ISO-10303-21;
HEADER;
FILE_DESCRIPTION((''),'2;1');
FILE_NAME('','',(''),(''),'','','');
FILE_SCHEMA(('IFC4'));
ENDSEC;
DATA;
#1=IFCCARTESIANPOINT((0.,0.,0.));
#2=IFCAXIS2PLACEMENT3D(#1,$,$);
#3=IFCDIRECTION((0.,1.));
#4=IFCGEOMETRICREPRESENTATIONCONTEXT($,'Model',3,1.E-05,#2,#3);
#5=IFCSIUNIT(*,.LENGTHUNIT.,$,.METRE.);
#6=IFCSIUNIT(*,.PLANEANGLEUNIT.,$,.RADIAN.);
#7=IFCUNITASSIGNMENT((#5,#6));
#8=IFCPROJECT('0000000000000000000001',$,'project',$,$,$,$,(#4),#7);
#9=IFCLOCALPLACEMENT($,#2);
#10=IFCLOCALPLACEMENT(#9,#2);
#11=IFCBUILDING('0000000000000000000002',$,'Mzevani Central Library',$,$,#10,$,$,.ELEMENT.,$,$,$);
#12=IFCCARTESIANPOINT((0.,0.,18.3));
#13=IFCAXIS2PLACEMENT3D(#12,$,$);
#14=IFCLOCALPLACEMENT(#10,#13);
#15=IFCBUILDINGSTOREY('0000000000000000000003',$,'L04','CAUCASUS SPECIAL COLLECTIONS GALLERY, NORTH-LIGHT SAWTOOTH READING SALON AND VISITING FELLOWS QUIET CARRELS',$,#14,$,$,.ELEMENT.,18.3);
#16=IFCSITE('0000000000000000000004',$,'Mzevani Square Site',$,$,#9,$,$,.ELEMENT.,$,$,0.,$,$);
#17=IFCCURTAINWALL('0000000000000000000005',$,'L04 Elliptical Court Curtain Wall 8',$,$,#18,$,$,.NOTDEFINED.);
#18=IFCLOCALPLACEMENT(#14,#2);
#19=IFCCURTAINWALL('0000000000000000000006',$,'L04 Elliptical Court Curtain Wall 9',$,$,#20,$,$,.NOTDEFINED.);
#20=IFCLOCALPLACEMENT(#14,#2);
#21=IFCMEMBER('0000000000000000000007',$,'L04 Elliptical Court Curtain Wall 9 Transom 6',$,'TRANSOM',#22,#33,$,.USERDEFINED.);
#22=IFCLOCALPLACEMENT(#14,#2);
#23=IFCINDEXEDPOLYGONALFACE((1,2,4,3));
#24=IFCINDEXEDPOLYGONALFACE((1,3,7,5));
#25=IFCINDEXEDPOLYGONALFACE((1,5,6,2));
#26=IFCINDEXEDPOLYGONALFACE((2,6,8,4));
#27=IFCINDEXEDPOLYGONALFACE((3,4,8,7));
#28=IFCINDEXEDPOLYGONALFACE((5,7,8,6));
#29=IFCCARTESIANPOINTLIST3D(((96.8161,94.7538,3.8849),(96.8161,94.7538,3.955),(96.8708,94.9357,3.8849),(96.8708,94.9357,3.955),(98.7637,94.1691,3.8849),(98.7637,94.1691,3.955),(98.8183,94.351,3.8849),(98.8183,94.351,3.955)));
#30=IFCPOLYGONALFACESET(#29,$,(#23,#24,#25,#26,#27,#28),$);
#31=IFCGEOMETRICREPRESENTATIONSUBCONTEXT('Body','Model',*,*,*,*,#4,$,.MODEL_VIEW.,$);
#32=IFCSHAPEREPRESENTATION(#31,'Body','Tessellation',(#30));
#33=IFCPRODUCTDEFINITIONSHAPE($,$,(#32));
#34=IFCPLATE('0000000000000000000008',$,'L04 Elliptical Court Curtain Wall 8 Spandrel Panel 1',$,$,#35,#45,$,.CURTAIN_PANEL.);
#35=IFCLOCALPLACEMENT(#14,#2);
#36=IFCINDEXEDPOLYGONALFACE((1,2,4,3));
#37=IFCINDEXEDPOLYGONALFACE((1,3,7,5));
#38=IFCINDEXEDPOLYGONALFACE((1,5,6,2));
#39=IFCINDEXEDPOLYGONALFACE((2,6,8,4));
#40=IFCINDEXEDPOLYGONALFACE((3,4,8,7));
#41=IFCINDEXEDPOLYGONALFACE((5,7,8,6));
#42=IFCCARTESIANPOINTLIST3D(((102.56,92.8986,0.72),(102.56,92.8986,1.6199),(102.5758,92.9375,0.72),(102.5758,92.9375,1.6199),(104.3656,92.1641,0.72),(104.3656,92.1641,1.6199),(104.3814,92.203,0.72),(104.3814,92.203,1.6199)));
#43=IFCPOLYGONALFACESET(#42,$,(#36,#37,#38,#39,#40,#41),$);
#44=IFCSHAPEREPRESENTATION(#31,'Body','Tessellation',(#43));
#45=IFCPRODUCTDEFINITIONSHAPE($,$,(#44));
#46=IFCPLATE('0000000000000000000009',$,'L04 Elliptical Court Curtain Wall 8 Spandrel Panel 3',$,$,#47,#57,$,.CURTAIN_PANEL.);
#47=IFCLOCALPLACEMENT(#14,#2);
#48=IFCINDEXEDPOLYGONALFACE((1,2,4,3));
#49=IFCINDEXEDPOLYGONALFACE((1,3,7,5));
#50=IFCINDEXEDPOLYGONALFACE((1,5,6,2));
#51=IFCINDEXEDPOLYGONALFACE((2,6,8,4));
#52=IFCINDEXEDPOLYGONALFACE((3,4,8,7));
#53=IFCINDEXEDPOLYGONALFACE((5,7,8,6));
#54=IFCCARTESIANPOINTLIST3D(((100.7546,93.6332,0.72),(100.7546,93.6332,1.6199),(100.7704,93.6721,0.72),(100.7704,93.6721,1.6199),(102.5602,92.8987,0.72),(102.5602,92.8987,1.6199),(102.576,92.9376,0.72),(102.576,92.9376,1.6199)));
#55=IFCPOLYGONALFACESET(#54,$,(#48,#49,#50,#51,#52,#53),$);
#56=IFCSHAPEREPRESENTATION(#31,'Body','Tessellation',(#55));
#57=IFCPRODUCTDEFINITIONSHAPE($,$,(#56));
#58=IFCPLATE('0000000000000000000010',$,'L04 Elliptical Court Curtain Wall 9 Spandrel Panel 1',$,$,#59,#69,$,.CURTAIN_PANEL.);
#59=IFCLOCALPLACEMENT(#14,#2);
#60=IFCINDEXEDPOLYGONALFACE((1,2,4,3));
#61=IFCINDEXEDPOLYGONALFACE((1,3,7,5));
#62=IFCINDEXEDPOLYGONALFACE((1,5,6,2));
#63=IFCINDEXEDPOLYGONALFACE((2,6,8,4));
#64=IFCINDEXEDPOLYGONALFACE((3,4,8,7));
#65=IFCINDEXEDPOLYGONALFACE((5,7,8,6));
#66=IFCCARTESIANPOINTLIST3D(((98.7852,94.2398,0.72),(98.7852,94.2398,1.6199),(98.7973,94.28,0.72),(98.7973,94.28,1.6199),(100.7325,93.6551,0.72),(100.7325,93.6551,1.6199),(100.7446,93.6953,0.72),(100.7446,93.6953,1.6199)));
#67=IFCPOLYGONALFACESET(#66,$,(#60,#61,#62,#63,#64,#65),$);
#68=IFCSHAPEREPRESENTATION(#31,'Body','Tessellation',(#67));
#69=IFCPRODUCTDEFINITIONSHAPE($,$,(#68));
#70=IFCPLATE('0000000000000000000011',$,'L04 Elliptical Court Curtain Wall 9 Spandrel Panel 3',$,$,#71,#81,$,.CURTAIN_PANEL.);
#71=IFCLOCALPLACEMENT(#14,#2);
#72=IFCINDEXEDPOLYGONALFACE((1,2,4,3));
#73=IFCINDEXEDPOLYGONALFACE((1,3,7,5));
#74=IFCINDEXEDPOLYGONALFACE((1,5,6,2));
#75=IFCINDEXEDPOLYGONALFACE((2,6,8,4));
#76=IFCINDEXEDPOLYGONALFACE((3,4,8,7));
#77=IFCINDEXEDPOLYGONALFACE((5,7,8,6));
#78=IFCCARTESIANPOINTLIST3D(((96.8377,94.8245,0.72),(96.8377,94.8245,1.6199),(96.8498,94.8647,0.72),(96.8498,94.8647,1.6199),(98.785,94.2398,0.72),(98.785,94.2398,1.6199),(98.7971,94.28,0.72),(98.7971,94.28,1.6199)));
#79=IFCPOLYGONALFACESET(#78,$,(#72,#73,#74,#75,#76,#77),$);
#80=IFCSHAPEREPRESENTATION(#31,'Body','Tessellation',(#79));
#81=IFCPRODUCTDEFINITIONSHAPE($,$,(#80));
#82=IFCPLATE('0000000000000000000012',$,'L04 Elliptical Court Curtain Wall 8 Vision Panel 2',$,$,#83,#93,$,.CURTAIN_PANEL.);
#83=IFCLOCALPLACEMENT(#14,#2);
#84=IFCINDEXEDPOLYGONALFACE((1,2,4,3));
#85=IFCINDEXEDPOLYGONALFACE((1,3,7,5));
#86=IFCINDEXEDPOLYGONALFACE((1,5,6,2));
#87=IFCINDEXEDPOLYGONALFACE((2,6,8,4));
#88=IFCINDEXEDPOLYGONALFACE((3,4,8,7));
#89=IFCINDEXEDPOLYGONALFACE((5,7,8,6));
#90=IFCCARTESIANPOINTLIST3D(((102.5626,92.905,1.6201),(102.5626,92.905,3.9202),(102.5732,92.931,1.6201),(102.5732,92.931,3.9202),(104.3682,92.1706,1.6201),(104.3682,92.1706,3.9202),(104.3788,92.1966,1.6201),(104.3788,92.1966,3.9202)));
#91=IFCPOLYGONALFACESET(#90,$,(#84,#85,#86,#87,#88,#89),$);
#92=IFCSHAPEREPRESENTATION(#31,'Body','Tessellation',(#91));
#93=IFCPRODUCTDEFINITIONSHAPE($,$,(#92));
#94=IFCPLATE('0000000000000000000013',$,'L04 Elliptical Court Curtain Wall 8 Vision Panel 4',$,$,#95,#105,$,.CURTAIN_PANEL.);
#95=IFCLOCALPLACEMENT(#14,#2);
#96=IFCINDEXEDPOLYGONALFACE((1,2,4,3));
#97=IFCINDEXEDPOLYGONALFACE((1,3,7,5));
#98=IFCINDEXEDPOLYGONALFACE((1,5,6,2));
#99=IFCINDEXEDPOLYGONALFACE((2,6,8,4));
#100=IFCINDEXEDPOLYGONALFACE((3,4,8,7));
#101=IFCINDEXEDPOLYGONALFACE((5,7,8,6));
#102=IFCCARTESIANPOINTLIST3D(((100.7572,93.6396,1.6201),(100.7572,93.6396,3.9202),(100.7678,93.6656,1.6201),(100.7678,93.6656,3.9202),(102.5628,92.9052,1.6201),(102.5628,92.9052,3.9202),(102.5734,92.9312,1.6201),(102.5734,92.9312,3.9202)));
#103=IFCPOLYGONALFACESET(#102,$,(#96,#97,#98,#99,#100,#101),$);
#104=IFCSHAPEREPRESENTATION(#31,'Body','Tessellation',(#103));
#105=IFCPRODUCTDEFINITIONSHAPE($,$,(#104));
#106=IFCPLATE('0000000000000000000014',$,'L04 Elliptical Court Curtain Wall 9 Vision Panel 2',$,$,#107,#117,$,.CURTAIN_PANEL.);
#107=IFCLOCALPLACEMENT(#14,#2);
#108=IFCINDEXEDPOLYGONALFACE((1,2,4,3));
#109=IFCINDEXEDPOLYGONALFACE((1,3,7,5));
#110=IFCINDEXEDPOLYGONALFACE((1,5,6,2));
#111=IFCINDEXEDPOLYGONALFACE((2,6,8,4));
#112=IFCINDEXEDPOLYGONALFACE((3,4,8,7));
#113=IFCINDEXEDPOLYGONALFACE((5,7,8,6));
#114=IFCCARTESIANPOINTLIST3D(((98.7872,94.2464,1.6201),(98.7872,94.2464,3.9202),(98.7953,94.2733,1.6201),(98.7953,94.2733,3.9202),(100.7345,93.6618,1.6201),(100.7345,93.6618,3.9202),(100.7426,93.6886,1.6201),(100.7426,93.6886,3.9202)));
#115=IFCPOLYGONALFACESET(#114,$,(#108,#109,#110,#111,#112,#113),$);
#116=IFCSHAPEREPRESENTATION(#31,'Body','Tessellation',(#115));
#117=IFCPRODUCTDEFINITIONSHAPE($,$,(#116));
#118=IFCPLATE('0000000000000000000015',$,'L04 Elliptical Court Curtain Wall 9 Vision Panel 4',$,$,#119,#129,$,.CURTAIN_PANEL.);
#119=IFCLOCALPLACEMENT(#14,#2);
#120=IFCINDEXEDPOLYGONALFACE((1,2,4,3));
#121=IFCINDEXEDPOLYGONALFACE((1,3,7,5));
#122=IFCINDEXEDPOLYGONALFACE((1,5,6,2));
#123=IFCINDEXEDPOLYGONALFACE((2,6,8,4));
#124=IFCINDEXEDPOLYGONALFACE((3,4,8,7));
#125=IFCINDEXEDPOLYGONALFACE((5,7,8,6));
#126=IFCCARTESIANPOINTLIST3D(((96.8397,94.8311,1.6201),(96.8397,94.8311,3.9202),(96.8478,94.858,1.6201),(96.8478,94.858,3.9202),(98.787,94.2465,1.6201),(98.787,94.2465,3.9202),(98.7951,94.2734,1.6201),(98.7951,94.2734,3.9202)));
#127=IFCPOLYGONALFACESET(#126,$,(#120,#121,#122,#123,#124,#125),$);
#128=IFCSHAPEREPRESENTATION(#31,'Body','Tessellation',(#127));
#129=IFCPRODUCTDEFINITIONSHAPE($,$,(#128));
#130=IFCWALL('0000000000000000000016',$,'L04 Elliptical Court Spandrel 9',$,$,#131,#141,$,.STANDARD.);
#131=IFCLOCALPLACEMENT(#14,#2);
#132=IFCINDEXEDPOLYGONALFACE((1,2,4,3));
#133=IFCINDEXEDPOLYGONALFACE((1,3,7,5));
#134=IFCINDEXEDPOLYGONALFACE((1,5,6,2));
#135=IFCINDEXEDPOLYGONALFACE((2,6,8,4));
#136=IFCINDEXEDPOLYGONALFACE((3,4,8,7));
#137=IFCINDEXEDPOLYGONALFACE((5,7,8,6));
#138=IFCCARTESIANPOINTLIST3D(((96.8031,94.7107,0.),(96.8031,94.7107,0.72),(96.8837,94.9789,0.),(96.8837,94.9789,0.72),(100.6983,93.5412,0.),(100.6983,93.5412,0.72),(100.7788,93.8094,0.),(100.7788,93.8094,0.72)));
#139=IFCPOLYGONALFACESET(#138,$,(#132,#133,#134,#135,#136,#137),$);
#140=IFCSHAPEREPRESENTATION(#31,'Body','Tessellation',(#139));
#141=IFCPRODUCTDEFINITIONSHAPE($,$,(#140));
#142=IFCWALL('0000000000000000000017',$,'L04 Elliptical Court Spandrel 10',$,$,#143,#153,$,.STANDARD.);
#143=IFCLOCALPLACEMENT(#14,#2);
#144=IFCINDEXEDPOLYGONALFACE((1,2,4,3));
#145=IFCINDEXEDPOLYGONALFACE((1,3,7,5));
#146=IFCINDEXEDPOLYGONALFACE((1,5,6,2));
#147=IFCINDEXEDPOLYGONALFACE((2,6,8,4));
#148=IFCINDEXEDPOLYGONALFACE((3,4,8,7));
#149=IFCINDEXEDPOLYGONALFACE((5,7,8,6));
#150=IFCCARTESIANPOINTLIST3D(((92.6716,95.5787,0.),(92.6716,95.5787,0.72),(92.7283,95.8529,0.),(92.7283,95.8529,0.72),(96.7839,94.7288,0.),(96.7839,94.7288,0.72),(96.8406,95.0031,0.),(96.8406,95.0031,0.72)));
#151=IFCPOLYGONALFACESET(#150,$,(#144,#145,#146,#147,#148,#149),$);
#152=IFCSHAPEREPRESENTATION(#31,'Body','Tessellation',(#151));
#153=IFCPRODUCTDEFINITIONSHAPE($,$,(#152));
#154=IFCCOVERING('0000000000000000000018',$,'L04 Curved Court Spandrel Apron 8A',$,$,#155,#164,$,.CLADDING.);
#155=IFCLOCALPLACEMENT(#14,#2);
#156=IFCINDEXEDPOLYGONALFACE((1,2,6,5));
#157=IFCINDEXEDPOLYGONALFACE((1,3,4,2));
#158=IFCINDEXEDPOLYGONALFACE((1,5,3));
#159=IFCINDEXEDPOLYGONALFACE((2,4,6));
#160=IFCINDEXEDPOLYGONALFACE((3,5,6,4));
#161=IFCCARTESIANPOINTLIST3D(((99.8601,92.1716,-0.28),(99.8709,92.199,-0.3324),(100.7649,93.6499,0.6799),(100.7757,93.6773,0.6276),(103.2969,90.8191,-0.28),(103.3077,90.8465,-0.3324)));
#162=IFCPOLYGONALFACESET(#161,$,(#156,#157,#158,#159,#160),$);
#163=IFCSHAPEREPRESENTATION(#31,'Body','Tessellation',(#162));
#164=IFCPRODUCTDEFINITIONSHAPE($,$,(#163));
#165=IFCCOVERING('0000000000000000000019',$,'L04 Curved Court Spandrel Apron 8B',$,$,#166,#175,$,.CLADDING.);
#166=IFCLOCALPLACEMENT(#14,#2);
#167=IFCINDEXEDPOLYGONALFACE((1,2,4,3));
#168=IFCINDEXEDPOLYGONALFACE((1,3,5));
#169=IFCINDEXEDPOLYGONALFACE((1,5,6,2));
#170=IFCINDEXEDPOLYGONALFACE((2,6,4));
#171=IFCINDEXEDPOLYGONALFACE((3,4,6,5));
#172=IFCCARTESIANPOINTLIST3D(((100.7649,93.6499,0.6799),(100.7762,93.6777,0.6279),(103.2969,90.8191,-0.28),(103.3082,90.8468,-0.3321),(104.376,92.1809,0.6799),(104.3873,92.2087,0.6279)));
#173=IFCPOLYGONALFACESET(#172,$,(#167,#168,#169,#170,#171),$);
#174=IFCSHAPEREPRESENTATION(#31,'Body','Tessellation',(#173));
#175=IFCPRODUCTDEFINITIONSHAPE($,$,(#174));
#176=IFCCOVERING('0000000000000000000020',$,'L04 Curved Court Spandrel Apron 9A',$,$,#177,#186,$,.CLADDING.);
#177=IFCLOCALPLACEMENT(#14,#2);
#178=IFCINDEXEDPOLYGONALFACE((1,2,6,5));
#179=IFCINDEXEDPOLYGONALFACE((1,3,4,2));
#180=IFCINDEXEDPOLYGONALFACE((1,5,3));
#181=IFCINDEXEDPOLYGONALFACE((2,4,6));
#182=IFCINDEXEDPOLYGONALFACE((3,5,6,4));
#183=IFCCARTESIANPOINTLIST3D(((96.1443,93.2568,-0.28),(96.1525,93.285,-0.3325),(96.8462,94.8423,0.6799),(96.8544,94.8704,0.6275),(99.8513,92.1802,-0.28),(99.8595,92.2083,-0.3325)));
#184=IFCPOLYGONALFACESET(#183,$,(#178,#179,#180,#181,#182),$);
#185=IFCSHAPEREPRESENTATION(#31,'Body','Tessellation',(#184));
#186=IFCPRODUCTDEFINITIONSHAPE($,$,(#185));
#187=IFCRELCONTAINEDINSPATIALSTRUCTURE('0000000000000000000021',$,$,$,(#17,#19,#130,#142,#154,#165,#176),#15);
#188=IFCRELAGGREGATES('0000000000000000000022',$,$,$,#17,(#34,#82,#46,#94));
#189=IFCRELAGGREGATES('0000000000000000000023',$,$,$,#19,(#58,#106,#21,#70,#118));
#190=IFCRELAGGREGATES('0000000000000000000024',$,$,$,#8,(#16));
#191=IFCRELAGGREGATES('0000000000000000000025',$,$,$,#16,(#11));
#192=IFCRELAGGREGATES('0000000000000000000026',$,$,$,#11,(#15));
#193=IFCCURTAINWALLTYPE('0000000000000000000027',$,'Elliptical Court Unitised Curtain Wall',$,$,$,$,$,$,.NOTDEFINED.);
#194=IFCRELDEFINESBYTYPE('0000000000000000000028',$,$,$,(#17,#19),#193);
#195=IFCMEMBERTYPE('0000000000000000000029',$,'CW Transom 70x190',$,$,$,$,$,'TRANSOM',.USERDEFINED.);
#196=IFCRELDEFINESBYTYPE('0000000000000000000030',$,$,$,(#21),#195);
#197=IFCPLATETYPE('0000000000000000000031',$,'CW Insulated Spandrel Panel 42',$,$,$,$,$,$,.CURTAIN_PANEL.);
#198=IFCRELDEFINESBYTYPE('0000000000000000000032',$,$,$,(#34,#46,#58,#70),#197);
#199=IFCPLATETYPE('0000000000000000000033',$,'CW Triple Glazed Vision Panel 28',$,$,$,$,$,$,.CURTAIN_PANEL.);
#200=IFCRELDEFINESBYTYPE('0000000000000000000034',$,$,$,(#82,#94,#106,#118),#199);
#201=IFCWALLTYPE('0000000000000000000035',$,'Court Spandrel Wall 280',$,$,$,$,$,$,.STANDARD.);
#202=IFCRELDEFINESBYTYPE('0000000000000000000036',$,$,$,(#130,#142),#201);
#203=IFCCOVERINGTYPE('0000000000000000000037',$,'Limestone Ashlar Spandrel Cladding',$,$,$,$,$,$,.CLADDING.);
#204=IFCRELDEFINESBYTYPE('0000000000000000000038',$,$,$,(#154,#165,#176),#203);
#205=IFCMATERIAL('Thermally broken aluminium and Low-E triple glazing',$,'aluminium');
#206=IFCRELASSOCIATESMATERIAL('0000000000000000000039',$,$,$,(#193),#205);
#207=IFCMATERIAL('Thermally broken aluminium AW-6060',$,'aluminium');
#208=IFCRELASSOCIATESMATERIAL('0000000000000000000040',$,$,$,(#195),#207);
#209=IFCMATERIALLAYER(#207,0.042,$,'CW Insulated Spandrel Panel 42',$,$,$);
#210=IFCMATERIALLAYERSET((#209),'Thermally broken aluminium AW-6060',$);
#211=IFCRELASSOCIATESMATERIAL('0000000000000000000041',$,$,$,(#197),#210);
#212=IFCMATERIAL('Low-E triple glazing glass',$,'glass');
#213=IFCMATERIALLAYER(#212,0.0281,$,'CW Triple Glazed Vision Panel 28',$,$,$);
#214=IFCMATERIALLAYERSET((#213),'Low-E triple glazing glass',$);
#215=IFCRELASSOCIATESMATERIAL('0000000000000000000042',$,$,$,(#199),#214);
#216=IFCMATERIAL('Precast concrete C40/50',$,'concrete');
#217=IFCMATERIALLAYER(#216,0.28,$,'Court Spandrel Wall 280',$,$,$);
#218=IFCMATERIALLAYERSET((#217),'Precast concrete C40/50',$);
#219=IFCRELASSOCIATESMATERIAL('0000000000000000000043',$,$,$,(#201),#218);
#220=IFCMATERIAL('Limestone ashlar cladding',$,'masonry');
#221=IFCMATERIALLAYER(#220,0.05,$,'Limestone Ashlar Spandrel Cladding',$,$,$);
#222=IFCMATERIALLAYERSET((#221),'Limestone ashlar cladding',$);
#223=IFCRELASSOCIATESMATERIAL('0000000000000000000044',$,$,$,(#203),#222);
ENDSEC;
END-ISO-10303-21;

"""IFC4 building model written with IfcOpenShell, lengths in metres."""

from ifc_helpers import new_model, si_unit, direction, frame, frame_2d, origin, origin_2d, place, context, subcontext, project, spatial, polyline, rectangle, outline, extrude, material, layer, layer_set, material_profile, profile_set, type_object, element, aggregate, save


model = new_model("IFC4")

# Units and contexts
model_context = context("Model", 3, precision=1e-05, world=origin(), true_north=direction((0.0, 1.0)))
body_context = subcontext(model_context, "Body", "Model", "MODEL_VIEW")
ifc_project = project(units=[si_unit("LENGTHUNIT", "METRE"), si_unit("PLANEANGLEUNIT", "RADIAN")], contexts=[model_context])

# Site, building, storey
site_placement = place(None, origin())
site = spatial("IfcSite", under=ifc_project, at=site_placement, Name="Mzevani Square Site", CompositionType="ELEMENT", RefElevation=0.0)
building_placement = place(site_placement, origin())
building = spatial("IfcBuilding", under=site, at=building_placement, Name="Mzevani Central Library", CompositionType="ELEMENT")
storey_placement = place(building_placement, frame((0.0, 0.0, 18.3)))
storey = spatial("IfcBuildingStorey", under=building, at=storey_placement, Name="L04", Description="CAUCASUS SPECIAL COLLECTIONS GALLERY, NORTH-LIGHT SAWTOOTH READING SALON AND VISITING FELLOWS QUIET CARRELS", CompositionType="ELEMENT", Elevation=18.3)

# Curtain walls
ifc_material_1 = material(Name="Thermally broken aluminium and Low-E triple glazing", Category="aluminium")
curtain_wall_type_1 = type_object("IfcCurtainWallType", Name="Elliptical Court Unitised Curtain Wall", PredefinedType="NOTDEFINED", material=ifc_material_1)
curtain_wall_1_placement = place(storey_placement, origin())
curtain_wall_1 = element("IfcCurtainWall", 1, at=curtain_wall_1_placement, inside=storey, type_object=curtain_wall_type_1, Name="L04 Elliptical Court Curtain Wall 8", PredefinedType="NOTDEFINED")
ifc_material_2 = material(Name="Thermally broken aluminium AW-6060", Category="aluminium")
curtain_wall_2_placement = place(storey_placement, origin())
curtain_wall_2 = element("IfcCurtainWall", 2, at=curtain_wall_2_placement, inside=storey, type_object=curtain_wall_type_1, Name="L04 Elliptical Court Curtain Wall 9", PredefinedType="NOTDEFINED")

# Member
ifc_material_profile_1 = material_profile(ifc_material_2, rectangle(XDim=0.1899, YDim=0.0701, at=origin_2d()), Name="ALU T70x190")
ifc_profile_set_1 = profile_set([ifc_material_profile_1], Name="Thermally broken aluminium AW-6060")
member_type_1 = type_object("IfcMemberType", Name="CW Transom 70x190", ElementType="TRANSOM", PredefinedType="USERDEFINED", material=ifc_profile_set_1)
member_1_placement = place(storey_placement, frame((98.791, 94.26, 3.9199), z_axis=(-0.957763, 0.287557, 0.0), x_axis=(-0.287557, -0.957763, 0.0)))
member_1 = element("IfcMember", 3, at=member_1_placement, type_object=member_type_1, Name="L04 Elliptical Court Curtain Wall 9 Transom 6", ObjectType="TRANSOM", PredefinedType="USERDEFINED", context=body_context, shape_type="SweptSolid", body=[
    extrude(rectangle(XDim=0.1899, YDim=0.0701, at=origin_2d()), origin(), (0.0, 0.0, 1.0), 2.0334),
])

# Plates
ifc_layer_1 = layer(ifc_material_2, 0.042, Name="CW Insulated Spandrel Panel 42")
ifc_layer_set_1 = layer_set([ifc_layer_1], Name="Thermally broken aluminium AW-6060")
plate_type_1 = type_object("IfcPlateType", Name="CW Insulated Spandrel Panel 42", PredefinedType="CURTAIN_PANEL", material=ifc_layer_set_1)
plate_1_placement = place(storey_placement, frame((103.4707, 92.5508, 0.72), z_axis=(0.0, 0.0, 1.0), x_axis=(-0.926299, 0.376789, 0.0)))
plate_1 = element("IfcPlate", 4, at=plate_1_placement, type_object=plate_type_1, Name="L04 Elliptical Court Curtain Wall 8 Spandrel Panel 1", PredefinedType="CURTAIN_PANEL", context=body_context, shape_type="SweptSolid", body=[
    extrude(rectangle(XDim=1.9492, YDim=0.042, at=origin_2d()), origin(), (0.0, 0.0, 1.0), 0.8999),
])
plate_2_placement = place(storey_placement, frame((101.6653, 93.2854, 0.72), z_axis=(0.0, 0.0, 1.0), x_axis=(-0.926299, 0.376789, 0.0)))
plate_2 = element("IfcPlate", 5, at=plate_2_placement, type_object=plate_type_1, Name="L04 Elliptical Court Curtain Wall 8 Spandrel Panel 3", PredefinedType="CURTAIN_PANEL", context=body_context, shape_type="SweptSolid", body=[
    extrude(rectangle(XDim=1.9492, YDim=0.042, at=origin_2d()), origin(), (0.0, 0.0, 1.0), 0.8999),
])
plate_3_placement = place(storey_placement, frame((99.7649, 93.9675, 0.72), z_axis=(0.0, 0.0, 1.0), x_axis=(-0.957763, 0.287558, 0.0)))
plate_3 = element("IfcPlate", 6, at=plate_3_placement, type_object=plate_type_1, Name="L04 Elliptical Court Curtain Wall 9 Spandrel Panel 1", PredefinedType="CURTAIN_PANEL", context=body_context, shape_type="SweptSolid", body=[
    extrude(rectangle(XDim=2.0332, YDim=0.042, at=origin_2d()), origin(), (0.0, 0.0, 1.0), 0.8999),
])
plate_4_placement = place(storey_placement, frame((97.8174, 94.5522, 0.72), z_axis=(0.0, 0.0, 1.0), x_axis=(-0.957763, 0.287558, 0.0)))
plate_4 = element("IfcPlate", 7, at=plate_4_placement, type_object=plate_type_1, Name="L04 Elliptical Court Curtain Wall 9 Spandrel Panel 3", PredefinedType="CURTAIN_PANEL", context=body_context, shape_type="SweptSolid", body=[
    extrude(rectangle(XDim=2.0332, YDim=0.042, at=origin_2d()), origin(), (0.0, 0.0, 1.0), 0.8999),
])
ifc_material_3 = material(Name="Low-E triple glazing glass", Category="glass")
ifc_layer_2 = layer(ifc_material_3, 0.0281, Name="CW Triple Glazed Vision Panel 28")
ifc_layer_set_2 = layer_set([ifc_layer_2], Name="Low-E triple glazing glass")
plate_type_2 = type_object("IfcPlateType", Name="CW Triple Glazed Vision Panel 28", PredefinedType="CURTAIN_PANEL", material=ifc_layer_set_2)
plate_5_placement = place(storey_placement, frame((103.4707, 92.5508, 1.6201), z_axis=(0.0, 0.0, 1.0), x_axis=(-0.926299, 0.376789, 0.0)))
plate_5 = element("IfcPlate", 8, at=plate_5_placement, type_object=plate_type_2, Name="L04 Elliptical Court Curtain Wall 8 Vision Panel 2", PredefinedType="CURTAIN_PANEL", context=body_context, shape_type="SweptSolid", body=[
    extrude(rectangle(XDim=1.9492, YDim=0.0281, at=origin_2d()), origin(), (0.0, 0.0, 1.0), 2.3),
])
plate_6_placement = place(storey_placement, frame((101.6653, 93.2854, 1.6201), z_axis=(0.0, 0.0, 1.0), x_axis=(-0.926299, 0.376789, 0.0)))
plate_6 = element("IfcPlate", 9, at=plate_6_placement, type_object=plate_type_2, Name="L04 Elliptical Court Curtain Wall 8 Vision Panel 4", PredefinedType="CURTAIN_PANEL", context=body_context, shape_type="SweptSolid", body=[
    extrude(rectangle(XDim=1.9492, YDim=0.0281, at=origin_2d()), origin(), (0.0, 0.0, 1.0), 2.3),
])
aggregate(curtain_wall_1, [plate_1, plate_5, plate_2, plate_6])
plate_7_placement = place(storey_placement, frame((99.7649, 93.9675, 1.6201), z_axis=(0.0, 0.0, 1.0), x_axis=(-0.957763, 0.287558, 0.0)))
plate_7 = element("IfcPlate", 10, at=plate_7_placement, type_object=plate_type_2, Name="L04 Elliptical Court Curtain Wall 9 Vision Panel 2", PredefinedType="CURTAIN_PANEL", context=body_context, shape_type="SweptSolid", body=[
    extrude(rectangle(XDim=2.0332, YDim=0.0281, at=origin_2d()), origin(), (0.0, 0.0, 1.0), 2.3),
])
plate_8_placement = place(storey_placement, frame((97.8174, 94.5522, 1.6201), z_axis=(0.0, 0.0, 1.0), x_axis=(-0.957763, 0.287558, 0.0)))
plate_8 = element("IfcPlate", 11, at=plate_8_placement, type_object=plate_type_2, Name="L04 Elliptical Court Curtain Wall 9 Vision Panel 4", PredefinedType="CURTAIN_PANEL", context=body_context, shape_type="SweptSolid", body=[
    extrude(rectangle(XDim=2.0332, YDim=0.0281, at=origin_2d()), origin(), (0.0, 0.0, 1.0), 2.3),
])
aggregate(curtain_wall_2, [plate_3, plate_7, member_1, plate_4, plate_8])

# Walls
ifc_material_4 = material(Name="Precast concrete C40/50", Category="concrete")
ifc_layer_3 = layer(ifc_material_4, 0.28, Name="Court Spandrel Wall 280")
ifc_layer_set_3 = layer_set([ifc_layer_3], Name="Precast concrete C40/50")
wall_type = type_object("IfcWallType", Name="Court Spandrel Wall 280", PredefinedType="STANDARD", material=ifc_layer_set_3)
wall_1_placement = place(storey_placement, frame((100.7385, 93.6753, 0.0), z_axis=(0.0, 0.0, 1.0), x_axis=(-0.957763, 0.287557, 0.0)))
element("IfcWall", 12, at=wall_1_placement, inside=storey, type_object=wall_type, Name="L04 Elliptical Court Spandrel 9", PredefinedType="STANDARD", context=body_context, shape_type="SweptSolid", body=[
    extrude(rectangle(XDim=4.0669, YDim=0.28, at=frame_2d((2.0334, 0.0))), origin(), (0.0, 0.0, 1.0), 0.72),
])
wall_2_placement = place(storey_placement, frame((96.8123, 94.866, 0.0), z_axis=(0.0, 0.0, 1.0), x_axis=(-0.979306, 0.202385, 0.0)))
element("IfcWall", 13, at=wall_2_placement, inside=storey, type_object=wall_type, Name="L04 Elliptical Court Spandrel 10", PredefinedType="STANDARD", context=body_context, shape_type="SweptSolid", body=[
    extrude(rectangle(XDim=4.1992, YDim=0.28, at=frame_2d((2.0996, 0.0))), origin(), (0.0, 0.0, 1.0), 0.72),
])

# Coverings
ifc_material_5 = material(Name="Limestone ashlar cladding", Category="masonry")
ifc_layer_4 = layer(ifc_material_5, 0.05, Name="Limestone Ashlar Spandrel Cladding")
ifc_layer_set_4 = layer_set([ifc_layer_4], Name="Limestone ashlar cladding")
covering_type = type_object("IfcCoveringType", Name="Limestone Ashlar Spandrel Cladding", PredefinedType="CLADDING", material=ifc_layer_set_4)
covering_1_placement = place(storey_placement, frame((103.2969, 90.8191, -0.28), z_axis=(-0.179513, -0.456138, 0.871615), x_axis=(-0.930532, 0.366211, 0.0)))
element("IfcCovering", 14, at=covering_1_placement, inside=storey, type_object=covering_type, Name="L04 Curved Court Spandrel Apron 8A", PredefinedType="CLADDING", context=body_context, shape_type="SweptSolid", body=[
    extrude(outline(polyline([(0.0, 0.0), (3.6933, 0.0), (3.3928, -1.9583), (0.0, 0.0)])), origin(), (0.0, 0.0, -1.0), 0.0601),
])
covering_2_placement = place(storey_placement, frame((103.2969, 90.8191, -0.28), z_axis=(-0.187953, -0.462028, 0.86672), x_axis=(-0.646344, 0.722627, 0.245051)))
element("IfcCovering", 15, at=covering_2_placement, inside=storey, type_object=covering_type, Name="L04 Curved Court Spandrel Apron 8B", PredefinedType="CLADDING", context=body_context, shape_type="SweptSolid", body=[
    extrude(outline(polyline([(0.0, 0.0), (3.9174, 0.0), (0.5219, -1.9153), (0.0, 0.0)])), origin(), (0.0, 0.0, -1.0), 0.0601),
])
covering_3_placement = place(storey_placement, frame((99.8513, 92.1802, -0.28), z_axis=(-0.13603, -0.468364, 0.873001), x_axis=(-0.960317, 0.278912, 0.0)))
element("IfcCovering", 16, at=covering_3_placement, inside=storey, type_object=covering_type, Name="L04 Curved Court Spandrel Apron 9A", PredefinedType="CLADDING", context=body_context, shape_type="SweptSolid", body=[
    extrude(outline(polyline([(0.0, 0.0), (3.8602, 0.0), (3.6284, -1.9683), (0.0, 0.0)])), origin(), (0.0, 0.0, -1.0), 0.0601),
])

save(model, "model.ifc")
